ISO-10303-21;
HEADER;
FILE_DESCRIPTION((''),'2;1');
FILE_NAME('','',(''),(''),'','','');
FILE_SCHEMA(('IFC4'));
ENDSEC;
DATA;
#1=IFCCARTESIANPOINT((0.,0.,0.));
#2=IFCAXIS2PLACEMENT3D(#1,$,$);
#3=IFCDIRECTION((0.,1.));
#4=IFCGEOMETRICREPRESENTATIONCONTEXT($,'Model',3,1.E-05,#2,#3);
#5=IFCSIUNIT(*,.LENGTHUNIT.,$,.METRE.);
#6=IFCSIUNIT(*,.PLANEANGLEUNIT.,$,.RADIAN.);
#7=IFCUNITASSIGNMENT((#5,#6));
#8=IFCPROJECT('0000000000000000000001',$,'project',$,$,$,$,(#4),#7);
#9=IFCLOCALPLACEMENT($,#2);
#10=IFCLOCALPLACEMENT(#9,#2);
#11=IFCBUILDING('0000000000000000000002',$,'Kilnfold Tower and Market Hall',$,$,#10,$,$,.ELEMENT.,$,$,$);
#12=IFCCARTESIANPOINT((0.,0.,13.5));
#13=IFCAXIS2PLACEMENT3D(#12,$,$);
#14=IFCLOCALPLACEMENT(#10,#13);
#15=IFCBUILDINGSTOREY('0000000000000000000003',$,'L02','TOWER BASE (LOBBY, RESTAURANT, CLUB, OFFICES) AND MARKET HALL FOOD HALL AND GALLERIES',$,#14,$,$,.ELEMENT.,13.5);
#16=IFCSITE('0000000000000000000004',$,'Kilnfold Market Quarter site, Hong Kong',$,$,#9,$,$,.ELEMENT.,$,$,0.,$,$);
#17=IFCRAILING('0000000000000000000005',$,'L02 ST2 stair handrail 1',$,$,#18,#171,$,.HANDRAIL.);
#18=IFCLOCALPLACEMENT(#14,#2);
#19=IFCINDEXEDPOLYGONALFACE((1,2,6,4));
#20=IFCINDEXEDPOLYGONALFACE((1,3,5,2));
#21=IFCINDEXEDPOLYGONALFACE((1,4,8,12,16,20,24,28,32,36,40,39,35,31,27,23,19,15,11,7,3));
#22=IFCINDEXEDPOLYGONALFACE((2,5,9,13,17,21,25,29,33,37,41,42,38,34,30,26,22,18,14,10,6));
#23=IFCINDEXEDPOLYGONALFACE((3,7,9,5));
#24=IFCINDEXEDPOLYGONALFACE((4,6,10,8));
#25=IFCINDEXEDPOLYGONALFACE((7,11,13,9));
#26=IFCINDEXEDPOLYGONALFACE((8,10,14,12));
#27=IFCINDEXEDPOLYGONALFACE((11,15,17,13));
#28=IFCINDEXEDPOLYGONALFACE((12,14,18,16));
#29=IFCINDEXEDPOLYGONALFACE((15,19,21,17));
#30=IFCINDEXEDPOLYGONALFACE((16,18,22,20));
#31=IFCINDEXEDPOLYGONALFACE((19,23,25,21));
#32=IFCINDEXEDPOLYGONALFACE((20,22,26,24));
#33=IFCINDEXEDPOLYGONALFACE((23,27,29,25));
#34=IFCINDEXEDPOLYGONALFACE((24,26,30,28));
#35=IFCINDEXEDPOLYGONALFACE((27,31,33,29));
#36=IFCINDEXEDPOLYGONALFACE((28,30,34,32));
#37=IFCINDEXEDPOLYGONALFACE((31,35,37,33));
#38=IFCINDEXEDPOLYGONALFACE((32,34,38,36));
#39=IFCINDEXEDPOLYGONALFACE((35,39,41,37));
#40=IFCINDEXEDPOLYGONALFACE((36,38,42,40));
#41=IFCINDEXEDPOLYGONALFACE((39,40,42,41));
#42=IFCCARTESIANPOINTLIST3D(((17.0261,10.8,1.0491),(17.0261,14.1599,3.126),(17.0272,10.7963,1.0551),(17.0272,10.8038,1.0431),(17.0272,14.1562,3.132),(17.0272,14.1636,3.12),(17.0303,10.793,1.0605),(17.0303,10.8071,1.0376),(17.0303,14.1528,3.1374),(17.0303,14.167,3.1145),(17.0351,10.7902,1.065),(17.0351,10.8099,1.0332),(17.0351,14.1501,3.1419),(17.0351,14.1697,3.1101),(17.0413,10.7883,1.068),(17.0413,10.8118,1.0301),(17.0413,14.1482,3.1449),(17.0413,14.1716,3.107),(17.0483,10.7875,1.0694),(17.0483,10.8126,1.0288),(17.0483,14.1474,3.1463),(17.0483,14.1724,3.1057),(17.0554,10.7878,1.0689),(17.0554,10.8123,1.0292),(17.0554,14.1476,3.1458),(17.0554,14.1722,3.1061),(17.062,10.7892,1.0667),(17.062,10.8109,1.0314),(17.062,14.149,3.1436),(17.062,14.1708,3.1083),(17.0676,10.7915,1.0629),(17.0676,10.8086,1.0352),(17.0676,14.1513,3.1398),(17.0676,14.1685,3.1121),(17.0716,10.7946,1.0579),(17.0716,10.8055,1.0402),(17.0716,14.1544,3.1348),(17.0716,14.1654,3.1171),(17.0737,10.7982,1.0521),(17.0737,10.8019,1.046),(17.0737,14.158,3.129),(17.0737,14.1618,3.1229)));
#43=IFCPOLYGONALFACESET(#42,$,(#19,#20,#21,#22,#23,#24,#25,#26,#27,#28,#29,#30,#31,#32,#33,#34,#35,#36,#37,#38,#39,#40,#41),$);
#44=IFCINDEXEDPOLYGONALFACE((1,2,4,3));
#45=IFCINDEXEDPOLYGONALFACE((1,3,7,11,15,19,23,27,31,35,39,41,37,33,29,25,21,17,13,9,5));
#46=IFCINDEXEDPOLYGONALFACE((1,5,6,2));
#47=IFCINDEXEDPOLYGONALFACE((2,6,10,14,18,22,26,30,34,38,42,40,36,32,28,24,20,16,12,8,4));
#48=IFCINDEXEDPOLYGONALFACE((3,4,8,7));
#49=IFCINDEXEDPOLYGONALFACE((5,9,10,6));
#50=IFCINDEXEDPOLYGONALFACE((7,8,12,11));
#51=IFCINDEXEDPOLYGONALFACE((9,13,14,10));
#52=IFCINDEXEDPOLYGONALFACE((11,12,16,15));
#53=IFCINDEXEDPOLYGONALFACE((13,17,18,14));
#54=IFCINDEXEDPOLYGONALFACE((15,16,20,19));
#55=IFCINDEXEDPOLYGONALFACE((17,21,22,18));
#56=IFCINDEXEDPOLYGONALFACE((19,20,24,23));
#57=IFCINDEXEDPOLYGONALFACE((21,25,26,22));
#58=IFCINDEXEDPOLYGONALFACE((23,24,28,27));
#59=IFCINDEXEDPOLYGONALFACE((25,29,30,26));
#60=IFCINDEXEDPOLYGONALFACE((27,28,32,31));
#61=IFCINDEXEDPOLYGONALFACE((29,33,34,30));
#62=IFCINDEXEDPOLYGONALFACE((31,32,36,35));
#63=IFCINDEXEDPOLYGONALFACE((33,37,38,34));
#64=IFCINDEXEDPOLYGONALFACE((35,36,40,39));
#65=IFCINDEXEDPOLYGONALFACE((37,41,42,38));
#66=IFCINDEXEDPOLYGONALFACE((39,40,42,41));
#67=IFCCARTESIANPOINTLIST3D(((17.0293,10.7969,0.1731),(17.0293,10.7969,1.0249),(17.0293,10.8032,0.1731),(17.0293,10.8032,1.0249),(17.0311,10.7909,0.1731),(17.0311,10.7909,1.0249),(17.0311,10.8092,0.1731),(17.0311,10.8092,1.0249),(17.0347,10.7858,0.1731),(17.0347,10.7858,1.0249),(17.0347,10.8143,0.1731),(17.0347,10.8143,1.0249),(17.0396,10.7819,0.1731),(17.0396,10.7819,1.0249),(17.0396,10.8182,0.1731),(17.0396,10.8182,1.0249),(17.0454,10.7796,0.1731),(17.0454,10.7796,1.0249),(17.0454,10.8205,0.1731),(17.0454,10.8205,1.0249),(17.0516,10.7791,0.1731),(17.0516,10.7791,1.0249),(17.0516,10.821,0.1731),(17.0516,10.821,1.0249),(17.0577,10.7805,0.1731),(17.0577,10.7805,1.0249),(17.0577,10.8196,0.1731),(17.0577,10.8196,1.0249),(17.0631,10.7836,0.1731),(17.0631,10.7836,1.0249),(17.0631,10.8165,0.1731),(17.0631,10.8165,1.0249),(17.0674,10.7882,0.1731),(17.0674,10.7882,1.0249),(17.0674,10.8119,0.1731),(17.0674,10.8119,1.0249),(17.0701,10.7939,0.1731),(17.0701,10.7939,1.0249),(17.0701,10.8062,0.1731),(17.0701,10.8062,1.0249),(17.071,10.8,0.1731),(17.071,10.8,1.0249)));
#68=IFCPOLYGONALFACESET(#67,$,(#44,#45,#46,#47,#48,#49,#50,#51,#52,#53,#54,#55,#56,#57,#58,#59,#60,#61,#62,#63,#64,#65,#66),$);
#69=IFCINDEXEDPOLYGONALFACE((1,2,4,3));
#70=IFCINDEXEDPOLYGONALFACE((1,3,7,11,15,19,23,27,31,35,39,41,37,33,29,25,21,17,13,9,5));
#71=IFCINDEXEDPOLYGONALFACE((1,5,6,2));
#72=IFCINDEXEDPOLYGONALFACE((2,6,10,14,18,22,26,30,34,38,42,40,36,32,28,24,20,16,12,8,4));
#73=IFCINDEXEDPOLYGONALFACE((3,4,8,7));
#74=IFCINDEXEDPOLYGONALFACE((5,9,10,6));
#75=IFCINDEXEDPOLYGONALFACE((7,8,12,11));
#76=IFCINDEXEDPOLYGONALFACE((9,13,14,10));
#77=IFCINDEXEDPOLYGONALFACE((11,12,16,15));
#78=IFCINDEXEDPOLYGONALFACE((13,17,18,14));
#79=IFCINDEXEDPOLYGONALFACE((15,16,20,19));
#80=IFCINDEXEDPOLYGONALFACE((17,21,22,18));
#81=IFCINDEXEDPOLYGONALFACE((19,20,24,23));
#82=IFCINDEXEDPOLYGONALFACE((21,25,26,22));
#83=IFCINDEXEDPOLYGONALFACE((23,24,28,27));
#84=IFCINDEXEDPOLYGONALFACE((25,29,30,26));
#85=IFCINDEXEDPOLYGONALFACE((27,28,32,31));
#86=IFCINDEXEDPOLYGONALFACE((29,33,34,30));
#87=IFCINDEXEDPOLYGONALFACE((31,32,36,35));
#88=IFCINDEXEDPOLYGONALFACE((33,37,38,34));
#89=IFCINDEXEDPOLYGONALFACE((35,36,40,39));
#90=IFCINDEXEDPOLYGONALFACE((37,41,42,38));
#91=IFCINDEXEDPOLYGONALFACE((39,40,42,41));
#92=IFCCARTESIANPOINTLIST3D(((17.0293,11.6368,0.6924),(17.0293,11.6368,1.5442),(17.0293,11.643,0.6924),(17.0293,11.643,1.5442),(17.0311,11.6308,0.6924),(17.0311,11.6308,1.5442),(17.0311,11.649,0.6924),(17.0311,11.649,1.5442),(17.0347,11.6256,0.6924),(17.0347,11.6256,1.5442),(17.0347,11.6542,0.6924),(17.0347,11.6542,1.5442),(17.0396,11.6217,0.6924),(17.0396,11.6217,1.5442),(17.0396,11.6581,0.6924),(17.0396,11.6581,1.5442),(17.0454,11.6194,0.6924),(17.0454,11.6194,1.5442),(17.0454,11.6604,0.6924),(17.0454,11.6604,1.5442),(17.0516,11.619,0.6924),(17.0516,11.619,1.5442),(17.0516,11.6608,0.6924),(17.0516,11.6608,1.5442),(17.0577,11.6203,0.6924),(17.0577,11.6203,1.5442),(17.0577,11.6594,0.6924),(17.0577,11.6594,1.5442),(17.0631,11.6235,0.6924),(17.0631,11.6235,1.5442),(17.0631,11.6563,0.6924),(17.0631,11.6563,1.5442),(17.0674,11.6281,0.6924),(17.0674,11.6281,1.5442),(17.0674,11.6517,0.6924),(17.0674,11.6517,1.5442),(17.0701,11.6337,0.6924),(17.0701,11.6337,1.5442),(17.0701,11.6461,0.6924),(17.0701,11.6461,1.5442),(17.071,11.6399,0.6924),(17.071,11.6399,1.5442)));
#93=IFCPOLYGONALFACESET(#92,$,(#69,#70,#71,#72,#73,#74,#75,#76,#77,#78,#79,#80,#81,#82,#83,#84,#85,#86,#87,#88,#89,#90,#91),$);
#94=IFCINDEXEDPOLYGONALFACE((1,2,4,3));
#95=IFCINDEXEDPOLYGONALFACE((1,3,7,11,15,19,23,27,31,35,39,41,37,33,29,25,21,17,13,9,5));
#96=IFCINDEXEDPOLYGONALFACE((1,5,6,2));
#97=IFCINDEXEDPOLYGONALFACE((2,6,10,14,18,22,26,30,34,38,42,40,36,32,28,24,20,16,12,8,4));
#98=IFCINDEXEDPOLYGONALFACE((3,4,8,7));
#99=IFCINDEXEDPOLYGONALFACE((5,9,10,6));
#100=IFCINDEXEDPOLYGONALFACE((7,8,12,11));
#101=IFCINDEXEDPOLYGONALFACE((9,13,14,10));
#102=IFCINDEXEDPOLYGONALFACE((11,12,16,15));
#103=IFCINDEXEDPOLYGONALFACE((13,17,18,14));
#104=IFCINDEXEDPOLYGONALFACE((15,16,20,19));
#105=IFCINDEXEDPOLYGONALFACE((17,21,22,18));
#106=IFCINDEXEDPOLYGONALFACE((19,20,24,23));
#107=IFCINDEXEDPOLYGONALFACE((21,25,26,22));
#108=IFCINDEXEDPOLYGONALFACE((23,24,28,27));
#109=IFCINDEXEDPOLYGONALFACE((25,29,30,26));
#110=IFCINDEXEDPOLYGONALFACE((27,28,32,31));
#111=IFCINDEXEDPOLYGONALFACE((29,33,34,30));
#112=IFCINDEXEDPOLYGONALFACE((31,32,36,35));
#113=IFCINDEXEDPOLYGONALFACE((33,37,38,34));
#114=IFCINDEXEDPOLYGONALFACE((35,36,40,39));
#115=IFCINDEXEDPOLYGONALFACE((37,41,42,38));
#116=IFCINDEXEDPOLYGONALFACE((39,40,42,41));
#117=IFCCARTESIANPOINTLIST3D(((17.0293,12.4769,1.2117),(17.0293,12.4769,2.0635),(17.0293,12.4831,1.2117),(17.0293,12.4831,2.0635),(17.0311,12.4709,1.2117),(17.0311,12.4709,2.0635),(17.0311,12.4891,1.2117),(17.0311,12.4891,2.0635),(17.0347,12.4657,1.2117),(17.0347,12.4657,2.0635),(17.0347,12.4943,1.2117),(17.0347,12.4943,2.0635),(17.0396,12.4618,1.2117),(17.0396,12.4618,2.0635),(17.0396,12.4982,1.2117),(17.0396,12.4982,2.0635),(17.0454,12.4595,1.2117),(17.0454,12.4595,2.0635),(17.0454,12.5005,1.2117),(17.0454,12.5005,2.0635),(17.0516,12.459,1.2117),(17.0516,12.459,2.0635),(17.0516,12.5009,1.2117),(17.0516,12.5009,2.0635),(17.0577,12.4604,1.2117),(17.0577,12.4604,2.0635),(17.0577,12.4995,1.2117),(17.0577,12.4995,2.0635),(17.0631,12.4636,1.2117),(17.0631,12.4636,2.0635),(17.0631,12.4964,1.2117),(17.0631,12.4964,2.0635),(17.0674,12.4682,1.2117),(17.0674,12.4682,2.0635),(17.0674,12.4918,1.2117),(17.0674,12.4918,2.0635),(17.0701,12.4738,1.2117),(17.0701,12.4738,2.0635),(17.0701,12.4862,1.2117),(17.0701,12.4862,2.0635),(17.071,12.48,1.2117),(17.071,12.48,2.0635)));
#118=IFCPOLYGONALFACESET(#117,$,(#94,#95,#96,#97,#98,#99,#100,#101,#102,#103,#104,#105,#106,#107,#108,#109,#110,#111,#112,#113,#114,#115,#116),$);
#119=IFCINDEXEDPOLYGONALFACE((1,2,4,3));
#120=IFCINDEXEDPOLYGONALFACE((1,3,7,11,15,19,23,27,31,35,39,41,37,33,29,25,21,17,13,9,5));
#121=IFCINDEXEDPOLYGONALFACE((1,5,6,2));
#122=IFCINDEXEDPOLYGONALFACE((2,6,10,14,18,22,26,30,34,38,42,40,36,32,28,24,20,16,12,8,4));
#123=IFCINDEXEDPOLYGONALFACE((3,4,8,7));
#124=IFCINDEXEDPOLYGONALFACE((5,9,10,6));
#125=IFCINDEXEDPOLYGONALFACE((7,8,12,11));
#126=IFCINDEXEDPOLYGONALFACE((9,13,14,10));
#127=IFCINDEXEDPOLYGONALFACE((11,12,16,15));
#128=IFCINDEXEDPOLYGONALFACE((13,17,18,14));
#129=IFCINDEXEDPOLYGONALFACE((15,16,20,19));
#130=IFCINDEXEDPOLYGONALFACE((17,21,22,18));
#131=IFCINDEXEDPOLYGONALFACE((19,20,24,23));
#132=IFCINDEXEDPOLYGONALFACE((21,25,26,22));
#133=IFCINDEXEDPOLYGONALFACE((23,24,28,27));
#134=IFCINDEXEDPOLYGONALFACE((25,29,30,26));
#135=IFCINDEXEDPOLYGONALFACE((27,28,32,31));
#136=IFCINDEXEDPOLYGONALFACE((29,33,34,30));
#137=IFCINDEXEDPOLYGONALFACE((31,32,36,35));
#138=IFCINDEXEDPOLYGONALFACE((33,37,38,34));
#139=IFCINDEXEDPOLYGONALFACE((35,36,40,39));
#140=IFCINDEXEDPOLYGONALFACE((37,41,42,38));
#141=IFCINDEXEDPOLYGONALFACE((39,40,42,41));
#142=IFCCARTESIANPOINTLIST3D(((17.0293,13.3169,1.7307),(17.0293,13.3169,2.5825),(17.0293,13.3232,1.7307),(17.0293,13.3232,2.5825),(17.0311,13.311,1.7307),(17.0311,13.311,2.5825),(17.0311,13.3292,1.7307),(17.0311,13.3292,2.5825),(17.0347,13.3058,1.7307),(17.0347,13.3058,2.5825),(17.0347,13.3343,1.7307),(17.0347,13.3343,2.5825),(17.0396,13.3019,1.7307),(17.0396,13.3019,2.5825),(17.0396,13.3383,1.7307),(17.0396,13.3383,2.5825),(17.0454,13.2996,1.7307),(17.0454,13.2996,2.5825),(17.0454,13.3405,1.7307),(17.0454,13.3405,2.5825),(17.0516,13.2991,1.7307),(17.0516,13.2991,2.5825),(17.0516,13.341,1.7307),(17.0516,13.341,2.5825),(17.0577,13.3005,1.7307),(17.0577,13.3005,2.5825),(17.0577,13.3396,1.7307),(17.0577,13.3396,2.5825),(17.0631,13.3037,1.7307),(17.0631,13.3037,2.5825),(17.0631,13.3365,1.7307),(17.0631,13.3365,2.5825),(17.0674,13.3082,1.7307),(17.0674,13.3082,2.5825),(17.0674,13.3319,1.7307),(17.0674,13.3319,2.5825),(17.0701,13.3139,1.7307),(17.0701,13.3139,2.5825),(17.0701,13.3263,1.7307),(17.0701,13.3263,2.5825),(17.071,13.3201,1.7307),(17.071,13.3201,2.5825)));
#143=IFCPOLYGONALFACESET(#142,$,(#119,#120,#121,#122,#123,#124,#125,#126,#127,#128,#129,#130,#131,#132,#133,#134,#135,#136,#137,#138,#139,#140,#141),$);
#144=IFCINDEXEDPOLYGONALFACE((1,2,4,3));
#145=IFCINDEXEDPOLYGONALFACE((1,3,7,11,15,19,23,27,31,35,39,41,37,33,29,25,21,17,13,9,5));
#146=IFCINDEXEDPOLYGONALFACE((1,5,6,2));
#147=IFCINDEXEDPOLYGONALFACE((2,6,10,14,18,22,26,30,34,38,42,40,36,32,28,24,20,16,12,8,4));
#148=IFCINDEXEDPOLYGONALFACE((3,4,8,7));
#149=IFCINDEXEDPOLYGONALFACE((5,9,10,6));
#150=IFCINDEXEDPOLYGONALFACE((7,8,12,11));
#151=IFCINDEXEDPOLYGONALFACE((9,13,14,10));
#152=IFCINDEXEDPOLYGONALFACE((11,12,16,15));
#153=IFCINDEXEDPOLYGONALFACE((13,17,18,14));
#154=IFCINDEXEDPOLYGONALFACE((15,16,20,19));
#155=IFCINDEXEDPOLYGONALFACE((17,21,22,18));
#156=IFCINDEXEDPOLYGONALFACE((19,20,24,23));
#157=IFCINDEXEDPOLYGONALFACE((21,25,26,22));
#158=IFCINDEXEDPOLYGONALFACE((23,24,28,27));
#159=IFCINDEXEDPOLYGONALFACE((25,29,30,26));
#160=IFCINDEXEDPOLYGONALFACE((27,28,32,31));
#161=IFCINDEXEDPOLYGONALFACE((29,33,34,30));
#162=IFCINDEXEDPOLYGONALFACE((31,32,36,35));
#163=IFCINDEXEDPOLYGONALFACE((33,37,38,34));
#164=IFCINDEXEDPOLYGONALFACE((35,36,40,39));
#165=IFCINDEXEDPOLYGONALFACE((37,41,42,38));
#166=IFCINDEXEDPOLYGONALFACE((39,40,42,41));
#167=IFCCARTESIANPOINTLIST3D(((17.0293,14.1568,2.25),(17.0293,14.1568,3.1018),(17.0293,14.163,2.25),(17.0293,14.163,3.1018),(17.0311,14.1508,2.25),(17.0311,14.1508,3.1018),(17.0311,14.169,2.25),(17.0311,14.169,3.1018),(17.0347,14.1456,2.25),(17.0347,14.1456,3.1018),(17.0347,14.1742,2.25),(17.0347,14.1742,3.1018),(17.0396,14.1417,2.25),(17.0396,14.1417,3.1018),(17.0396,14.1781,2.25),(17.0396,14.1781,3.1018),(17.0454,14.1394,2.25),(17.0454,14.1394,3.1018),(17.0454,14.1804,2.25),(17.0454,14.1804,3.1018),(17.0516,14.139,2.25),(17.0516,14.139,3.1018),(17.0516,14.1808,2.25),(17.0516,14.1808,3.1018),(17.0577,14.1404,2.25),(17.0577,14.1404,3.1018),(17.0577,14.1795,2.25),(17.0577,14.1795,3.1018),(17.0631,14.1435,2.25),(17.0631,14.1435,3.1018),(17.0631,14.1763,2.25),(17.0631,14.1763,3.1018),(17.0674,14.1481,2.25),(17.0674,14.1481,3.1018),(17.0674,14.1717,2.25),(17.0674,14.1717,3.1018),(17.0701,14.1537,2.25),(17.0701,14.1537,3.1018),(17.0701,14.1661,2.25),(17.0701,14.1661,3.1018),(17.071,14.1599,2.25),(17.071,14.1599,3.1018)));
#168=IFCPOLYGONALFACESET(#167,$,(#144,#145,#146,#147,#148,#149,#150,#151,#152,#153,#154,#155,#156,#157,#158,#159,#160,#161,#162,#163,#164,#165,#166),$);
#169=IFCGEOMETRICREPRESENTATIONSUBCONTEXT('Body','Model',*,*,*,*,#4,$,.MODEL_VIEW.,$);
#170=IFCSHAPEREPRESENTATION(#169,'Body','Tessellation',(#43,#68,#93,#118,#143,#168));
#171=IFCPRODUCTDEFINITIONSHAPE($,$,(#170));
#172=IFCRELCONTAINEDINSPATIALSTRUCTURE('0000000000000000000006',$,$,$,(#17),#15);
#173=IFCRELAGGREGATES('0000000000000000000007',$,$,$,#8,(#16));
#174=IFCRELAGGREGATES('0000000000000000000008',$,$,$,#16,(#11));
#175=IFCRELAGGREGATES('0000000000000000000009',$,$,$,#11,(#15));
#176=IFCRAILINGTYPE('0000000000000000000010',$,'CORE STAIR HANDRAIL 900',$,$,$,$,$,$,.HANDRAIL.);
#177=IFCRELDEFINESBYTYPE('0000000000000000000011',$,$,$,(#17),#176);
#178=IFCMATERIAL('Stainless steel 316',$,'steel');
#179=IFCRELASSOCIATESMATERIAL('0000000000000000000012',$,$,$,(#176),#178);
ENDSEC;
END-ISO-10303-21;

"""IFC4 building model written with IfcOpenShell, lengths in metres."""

from ifc_helpers import new_model, si_unit, direction, frame, origin, origin_2d, place, context, subcontext, project, spatial, circle, extrude, material, type_object, element, save


model = new_model("IFC4")

# Units and contexts
model_context = context("Model", 3, precision=1e-05, world=origin(), true_north=direction((0.0, 1.0)))
body_context = subcontext(model_context, "Body", "Model", "MODEL_VIEW")
ifc_project = project(units=[si_unit("LENGTHUNIT", "METRE"), si_unit("PLANEANGLEUNIT", "RADIAN")], contexts=[model_context])

# Site, building, storey
site_placement = place(None, origin())
site = spatial("IfcSite", under=ifc_project, at=site_placement, Name="Kilnfold Market Quarter site, Hong Kong", CompositionType="ELEMENT", RefElevation=0.0)
building_placement = place(site_placement, origin())
building = spatial("IfcBuilding", under=site, at=building_placement, Name="Kilnfold Tower and Market Hall", CompositionType="ELEMENT")
storey_placement = place(building_placement, frame((0.0, 0.0, 13.5)))
storey = spatial("IfcBuildingStorey", under=building, at=storey_placement, Name="L02", Description="TOWER BASE (LOBBY, RESTAURANT, CLUB, OFFICES) AND MARKET HALL FOOD HALL AND GALLERIES", CompositionType="ELEMENT", Elevation=13.5)

# Railing
ifc_material_1 = material(Name="Stainless steel 316", Category="steel")
railing_type_1 = type_object("IfcRailingType", Name="CORE STAIR HANDRAIL 900", PredefinedType="HANDRAIL", material=ifc_material_1)
railing_1_placement = place(storey_placement, frame((17.05, 10.8, 0.1731)))
element("IfcRailing", 1, at=railing_1_placement, inside=storey, type_object=railing_type_1, Name="L02 ST2 stair handrail 1", PredefinedType="HANDRAIL", context=body_context, shape_type="SweptSolid", body=[
    extrude(circle(Radius=0.0239, at=origin_2d()), frame((0.0, 0.0, 0.876), z_axis=(0.0, 0.850606, 0.525803), x_axis=(-1.0, 0.0, 0.0)), (0.0, 0.0, 1.0), 3.95),
    extrude(circle(Radius=0.021, at=origin_2d()), origin(), (0.0, 0.0, 1.0), 0.8518),
    extrude(circle(Radius=0.021, at=origin_2d()), frame((0.0, 0.8398, 0.5193)), (0.0, 0.0, 1.0), 0.8518),
    extrude(circle(Radius=0.021, at=origin_2d()), frame((0.0, 1.6799, 1.0386)), (0.0, 0.0, 1.0), 0.8518),
    extrude(circle(Radius=0.021, at=origin_2d()), frame((0.0, 2.52, 1.5576)), (0.0, 0.0, 1.0), 0.8518),
    extrude(circle(Radius=0.021, at=origin_2d()), frame((0.0, 3.3599, 2.0769)), (0.0, 0.0, 1.0), 0.8518),
])

save(model, "model.ifc")
